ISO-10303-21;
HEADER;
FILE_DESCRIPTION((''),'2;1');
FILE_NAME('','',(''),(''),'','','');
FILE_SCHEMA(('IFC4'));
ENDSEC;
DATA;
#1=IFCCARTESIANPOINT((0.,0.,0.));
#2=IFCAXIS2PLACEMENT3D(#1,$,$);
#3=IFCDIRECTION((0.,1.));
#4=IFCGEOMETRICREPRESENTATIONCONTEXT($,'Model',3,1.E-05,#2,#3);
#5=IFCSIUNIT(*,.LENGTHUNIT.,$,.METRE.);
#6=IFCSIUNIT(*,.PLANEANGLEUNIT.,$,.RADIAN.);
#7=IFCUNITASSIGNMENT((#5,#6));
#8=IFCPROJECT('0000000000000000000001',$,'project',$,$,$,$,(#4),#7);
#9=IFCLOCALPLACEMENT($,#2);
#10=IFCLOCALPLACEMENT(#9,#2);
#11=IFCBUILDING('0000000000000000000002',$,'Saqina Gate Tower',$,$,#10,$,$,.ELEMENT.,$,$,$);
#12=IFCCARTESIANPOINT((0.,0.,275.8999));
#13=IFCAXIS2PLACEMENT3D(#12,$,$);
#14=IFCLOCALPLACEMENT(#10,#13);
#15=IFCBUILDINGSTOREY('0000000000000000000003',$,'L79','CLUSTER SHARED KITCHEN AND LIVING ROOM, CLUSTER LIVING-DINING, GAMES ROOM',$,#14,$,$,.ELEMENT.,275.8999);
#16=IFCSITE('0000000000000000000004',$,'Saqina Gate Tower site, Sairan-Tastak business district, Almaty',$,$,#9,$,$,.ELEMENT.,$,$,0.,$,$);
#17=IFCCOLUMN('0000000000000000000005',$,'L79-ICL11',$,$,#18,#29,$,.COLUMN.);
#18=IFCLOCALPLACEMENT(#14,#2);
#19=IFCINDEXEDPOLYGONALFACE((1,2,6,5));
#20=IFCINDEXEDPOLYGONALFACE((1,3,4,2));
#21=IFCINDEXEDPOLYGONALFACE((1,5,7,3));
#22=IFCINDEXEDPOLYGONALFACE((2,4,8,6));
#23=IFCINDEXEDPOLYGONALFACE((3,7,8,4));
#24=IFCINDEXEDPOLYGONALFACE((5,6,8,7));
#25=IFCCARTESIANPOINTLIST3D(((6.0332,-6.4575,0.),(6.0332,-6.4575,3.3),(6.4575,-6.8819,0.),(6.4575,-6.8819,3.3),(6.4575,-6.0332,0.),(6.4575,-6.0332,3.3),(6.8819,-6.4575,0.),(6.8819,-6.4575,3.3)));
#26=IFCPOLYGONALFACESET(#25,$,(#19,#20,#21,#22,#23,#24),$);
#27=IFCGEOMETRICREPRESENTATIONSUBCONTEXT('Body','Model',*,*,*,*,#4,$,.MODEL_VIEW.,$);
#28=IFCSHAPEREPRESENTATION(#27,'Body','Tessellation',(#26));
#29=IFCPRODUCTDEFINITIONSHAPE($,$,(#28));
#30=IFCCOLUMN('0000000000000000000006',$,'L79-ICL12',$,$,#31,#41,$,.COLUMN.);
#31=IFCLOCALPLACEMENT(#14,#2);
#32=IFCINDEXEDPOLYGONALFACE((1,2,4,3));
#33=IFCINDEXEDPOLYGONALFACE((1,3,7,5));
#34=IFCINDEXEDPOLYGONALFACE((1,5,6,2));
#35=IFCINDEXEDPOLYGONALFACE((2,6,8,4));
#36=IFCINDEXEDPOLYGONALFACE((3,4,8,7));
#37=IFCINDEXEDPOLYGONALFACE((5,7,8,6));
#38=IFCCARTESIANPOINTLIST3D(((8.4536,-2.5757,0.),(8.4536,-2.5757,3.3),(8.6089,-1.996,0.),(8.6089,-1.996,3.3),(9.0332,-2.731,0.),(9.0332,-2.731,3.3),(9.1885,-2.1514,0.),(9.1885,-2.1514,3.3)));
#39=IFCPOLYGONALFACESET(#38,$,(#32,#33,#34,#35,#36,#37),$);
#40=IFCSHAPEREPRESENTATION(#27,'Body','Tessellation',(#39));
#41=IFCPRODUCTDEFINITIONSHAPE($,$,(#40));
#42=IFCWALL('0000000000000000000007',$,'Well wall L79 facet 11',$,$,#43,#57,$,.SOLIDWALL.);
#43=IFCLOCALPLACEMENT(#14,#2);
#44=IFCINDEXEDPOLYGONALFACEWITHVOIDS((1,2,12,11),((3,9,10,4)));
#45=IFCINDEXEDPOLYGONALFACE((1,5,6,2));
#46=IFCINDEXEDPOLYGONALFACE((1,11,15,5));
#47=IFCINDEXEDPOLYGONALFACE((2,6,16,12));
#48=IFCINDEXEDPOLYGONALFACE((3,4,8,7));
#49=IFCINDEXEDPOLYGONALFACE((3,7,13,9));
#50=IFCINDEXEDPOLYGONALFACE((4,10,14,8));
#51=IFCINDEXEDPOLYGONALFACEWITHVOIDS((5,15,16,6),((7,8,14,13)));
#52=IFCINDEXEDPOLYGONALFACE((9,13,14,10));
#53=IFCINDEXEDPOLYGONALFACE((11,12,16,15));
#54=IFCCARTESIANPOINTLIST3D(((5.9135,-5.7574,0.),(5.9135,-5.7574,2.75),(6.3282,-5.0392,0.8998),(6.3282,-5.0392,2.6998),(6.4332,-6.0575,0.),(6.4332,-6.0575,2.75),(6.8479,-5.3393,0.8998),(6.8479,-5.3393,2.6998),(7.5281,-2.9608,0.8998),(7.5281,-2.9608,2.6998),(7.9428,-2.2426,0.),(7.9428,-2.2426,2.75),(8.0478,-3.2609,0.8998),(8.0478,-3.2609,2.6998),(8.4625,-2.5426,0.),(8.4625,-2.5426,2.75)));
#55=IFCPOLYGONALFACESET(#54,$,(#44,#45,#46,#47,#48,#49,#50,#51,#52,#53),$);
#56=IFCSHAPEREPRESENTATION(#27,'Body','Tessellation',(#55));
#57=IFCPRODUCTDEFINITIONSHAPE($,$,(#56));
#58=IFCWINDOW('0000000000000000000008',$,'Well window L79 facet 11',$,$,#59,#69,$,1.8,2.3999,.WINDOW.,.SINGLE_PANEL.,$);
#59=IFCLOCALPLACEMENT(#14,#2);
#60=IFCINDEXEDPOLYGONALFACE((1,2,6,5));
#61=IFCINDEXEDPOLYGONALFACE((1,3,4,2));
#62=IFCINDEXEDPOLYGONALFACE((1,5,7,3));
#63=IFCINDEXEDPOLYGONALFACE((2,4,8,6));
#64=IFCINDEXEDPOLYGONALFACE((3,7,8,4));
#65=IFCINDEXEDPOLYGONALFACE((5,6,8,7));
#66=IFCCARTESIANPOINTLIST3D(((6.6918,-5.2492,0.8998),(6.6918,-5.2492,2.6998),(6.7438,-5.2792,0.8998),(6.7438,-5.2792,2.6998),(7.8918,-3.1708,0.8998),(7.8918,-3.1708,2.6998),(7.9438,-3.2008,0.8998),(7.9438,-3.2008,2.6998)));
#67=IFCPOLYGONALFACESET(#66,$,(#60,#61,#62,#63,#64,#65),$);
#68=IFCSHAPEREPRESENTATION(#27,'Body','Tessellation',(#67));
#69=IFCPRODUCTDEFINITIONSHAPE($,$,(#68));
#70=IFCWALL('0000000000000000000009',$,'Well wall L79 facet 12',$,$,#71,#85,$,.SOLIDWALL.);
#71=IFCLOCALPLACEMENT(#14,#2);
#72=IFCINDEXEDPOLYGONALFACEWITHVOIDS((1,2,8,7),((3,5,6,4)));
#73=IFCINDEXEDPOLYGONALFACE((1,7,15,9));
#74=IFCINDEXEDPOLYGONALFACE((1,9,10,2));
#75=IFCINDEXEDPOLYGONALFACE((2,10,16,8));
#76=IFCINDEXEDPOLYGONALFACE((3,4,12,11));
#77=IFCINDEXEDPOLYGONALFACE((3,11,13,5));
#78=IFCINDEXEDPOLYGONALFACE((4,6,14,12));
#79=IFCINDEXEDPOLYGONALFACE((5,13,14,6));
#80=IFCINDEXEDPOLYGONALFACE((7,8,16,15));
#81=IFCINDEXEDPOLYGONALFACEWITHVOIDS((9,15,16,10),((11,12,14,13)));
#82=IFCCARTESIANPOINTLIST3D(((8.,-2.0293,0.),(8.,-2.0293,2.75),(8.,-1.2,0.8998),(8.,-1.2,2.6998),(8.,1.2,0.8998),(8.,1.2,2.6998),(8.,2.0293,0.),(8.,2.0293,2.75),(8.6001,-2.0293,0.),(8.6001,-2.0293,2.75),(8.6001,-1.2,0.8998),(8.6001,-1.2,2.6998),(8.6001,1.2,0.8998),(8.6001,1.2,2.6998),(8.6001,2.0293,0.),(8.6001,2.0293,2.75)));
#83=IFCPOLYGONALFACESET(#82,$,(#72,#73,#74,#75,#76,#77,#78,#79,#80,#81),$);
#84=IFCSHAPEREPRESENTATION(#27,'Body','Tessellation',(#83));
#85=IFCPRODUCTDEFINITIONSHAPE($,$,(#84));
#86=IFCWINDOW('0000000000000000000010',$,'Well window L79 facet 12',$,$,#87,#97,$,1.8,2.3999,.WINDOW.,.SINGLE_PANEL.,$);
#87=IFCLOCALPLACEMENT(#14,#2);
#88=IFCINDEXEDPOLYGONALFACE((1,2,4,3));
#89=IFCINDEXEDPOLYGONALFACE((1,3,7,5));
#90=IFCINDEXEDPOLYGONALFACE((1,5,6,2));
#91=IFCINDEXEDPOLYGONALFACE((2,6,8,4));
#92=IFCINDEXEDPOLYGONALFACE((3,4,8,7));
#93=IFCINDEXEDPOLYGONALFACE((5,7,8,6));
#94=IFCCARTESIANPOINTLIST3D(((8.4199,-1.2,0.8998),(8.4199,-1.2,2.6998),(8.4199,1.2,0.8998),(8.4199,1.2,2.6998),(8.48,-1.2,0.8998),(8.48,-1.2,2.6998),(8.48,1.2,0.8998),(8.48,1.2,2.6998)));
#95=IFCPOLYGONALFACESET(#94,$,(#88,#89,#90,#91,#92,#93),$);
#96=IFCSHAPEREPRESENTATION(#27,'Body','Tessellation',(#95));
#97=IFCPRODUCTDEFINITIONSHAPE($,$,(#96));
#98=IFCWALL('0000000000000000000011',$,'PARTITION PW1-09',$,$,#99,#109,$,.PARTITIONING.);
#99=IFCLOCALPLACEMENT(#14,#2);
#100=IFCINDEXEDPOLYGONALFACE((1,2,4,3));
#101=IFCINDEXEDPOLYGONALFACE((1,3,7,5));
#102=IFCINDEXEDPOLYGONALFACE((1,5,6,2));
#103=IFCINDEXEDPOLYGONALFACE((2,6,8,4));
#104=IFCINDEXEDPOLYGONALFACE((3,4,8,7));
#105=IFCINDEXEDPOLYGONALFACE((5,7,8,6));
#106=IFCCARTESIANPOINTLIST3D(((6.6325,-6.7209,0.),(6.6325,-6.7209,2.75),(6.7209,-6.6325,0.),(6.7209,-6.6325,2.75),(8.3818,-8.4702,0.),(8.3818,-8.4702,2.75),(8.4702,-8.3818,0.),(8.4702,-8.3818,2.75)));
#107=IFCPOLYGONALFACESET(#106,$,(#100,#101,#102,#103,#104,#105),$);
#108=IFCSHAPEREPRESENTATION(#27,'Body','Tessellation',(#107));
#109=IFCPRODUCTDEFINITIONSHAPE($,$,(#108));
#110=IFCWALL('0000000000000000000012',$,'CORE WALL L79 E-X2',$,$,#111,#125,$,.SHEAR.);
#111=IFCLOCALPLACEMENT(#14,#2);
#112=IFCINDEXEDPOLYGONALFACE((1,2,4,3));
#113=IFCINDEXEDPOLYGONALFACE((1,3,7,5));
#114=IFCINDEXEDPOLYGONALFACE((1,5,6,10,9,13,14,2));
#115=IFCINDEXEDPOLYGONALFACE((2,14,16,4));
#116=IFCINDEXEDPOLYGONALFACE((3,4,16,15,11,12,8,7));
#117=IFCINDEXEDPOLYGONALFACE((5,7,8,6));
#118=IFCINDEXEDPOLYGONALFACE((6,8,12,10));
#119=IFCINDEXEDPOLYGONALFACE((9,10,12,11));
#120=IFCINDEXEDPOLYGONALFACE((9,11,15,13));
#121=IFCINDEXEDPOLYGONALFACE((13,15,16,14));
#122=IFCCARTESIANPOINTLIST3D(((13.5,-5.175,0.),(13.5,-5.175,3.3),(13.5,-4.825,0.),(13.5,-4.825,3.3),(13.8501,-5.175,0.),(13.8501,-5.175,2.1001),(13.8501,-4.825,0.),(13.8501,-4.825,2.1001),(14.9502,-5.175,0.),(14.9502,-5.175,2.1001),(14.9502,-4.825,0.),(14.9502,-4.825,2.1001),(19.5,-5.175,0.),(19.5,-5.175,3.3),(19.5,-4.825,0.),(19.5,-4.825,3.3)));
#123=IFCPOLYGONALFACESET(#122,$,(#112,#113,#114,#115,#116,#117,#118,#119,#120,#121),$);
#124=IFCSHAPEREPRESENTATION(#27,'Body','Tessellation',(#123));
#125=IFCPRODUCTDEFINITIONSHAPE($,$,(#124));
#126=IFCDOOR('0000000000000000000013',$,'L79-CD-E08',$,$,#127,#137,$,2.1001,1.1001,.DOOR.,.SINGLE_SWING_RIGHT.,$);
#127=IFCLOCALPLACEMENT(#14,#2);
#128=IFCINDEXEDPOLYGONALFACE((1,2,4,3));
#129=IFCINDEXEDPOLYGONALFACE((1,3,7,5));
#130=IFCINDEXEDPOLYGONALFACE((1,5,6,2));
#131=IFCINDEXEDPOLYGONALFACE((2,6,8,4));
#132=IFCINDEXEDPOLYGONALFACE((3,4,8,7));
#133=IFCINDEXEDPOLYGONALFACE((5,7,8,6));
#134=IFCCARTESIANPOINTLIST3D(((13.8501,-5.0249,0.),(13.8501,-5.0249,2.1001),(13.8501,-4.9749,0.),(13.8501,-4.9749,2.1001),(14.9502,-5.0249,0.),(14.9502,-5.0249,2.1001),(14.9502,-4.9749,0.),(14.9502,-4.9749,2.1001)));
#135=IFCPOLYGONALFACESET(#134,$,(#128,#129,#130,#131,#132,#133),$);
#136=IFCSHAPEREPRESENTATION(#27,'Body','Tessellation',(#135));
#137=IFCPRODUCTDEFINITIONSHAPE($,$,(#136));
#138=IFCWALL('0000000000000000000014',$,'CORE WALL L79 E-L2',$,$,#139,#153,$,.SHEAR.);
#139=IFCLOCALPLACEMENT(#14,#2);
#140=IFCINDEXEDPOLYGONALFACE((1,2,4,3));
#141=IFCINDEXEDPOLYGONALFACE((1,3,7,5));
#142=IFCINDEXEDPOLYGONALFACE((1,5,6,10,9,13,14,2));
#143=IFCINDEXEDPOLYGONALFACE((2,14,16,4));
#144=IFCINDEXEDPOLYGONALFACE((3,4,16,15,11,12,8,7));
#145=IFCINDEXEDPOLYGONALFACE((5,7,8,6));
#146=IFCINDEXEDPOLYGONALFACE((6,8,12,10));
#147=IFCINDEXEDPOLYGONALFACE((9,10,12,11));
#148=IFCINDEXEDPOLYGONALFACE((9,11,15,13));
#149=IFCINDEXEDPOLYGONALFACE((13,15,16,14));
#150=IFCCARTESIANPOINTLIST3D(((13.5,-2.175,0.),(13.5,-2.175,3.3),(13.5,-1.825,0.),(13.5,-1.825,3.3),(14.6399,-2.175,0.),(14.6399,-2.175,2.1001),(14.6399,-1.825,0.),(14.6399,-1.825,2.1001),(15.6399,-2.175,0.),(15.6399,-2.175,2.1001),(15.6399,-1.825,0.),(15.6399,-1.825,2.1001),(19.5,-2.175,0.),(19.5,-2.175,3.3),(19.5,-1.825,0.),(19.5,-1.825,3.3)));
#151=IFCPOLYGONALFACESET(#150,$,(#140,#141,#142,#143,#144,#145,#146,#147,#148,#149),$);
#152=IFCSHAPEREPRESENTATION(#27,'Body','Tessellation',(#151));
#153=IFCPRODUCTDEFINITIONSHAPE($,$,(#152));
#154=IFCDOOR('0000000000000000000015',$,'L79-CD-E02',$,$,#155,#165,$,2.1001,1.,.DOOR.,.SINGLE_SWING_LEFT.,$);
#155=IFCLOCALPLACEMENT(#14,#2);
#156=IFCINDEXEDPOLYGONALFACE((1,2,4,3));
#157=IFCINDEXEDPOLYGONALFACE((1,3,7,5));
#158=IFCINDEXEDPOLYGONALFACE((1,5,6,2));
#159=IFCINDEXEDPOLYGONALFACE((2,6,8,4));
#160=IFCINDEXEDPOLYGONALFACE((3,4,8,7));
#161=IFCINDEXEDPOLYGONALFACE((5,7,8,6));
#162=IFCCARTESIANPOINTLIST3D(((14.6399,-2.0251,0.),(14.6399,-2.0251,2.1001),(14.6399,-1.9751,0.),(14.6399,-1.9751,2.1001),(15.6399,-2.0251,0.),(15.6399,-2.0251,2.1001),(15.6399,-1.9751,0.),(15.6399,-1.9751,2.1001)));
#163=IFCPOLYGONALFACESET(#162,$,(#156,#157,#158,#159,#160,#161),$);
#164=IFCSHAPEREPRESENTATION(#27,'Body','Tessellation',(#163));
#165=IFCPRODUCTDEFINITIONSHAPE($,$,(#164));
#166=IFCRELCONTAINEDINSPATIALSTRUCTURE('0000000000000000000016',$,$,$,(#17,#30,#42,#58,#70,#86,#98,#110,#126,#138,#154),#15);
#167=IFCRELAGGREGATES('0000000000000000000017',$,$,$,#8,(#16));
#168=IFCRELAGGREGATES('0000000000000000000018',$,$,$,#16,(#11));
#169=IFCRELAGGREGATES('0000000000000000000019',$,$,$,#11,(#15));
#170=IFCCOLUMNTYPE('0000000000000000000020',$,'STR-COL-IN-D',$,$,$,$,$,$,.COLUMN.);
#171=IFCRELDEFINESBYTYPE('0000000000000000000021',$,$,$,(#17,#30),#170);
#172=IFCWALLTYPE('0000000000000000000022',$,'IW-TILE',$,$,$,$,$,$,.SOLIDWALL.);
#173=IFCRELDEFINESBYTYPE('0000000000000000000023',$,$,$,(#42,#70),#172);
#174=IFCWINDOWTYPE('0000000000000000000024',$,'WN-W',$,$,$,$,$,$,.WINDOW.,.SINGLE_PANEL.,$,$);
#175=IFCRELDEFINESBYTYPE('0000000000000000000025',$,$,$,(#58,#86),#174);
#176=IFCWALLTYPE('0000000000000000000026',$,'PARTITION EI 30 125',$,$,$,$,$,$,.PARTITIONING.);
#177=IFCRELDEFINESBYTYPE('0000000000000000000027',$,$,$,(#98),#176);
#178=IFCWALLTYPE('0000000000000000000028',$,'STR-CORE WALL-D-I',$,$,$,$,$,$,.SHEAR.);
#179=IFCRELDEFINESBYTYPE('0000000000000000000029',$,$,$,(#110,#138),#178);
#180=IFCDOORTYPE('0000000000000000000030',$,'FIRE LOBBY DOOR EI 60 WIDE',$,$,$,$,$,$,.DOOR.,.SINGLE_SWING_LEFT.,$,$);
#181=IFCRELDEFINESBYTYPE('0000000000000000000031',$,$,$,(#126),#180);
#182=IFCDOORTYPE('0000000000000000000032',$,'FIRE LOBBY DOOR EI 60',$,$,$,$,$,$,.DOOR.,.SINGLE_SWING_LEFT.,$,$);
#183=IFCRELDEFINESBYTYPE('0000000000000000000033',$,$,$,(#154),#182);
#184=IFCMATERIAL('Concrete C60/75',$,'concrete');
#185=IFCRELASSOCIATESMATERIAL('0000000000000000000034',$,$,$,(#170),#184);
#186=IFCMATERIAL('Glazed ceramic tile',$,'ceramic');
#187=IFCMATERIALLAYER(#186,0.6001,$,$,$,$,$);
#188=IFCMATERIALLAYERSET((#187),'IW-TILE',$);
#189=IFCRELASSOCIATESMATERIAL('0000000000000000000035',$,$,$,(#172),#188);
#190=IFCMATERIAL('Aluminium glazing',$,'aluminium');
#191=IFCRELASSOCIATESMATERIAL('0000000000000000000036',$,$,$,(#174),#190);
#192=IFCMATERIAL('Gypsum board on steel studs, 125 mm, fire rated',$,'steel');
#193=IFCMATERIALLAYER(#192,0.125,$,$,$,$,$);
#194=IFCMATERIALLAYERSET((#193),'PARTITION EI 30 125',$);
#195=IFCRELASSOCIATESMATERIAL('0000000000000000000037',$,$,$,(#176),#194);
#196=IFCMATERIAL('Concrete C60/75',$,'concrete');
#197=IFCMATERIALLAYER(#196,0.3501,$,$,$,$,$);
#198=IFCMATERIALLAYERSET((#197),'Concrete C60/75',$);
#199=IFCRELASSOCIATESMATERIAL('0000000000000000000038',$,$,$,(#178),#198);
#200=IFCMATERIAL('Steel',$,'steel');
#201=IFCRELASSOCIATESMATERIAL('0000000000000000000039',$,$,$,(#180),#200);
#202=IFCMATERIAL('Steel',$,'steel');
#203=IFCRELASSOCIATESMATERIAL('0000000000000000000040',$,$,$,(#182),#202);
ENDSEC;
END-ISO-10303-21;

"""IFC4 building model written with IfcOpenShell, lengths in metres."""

from ifc_helpers import new_model, si_unit, direction, frame, frame_2d, origin, origin_2d, place, context, subcontext, project, spatial, rectangle, extrude, material, layer, layer_set, material_profile, profile_set, type_object, element, fill, save


model = new_model("IFC4")

# Units and contexts
model_context = context("Model", 3, precision=1e-05, world=origin(), true_north=direction((0.0, 1.0)))
body_context = subcontext(model_context, "Body", "Model", "MODEL_VIEW")
ifc_project = project(units=[si_unit("LENGTHUNIT", "METRE"), si_unit("PLANEANGLEUNIT", "RADIAN")], contexts=[model_context])

# Site, building, storey
site_placement = place(None, origin())
site = spatial("IfcSite", under=ifc_project, at=site_placement, Name="Saqina Gate Tower site, Sairan-Tastak business district, Almaty", CompositionType="ELEMENT", RefElevation=0.0)
building_placement = place(site_placement, origin())
building = spatial("IfcBuilding", under=site, at=building_placement, Name="Saqina Gate Tower", CompositionType="ELEMENT")
storey_placement = place(building_placement, frame((0.0, 0.0, 275.8999)))
storey = spatial("IfcBuildingStorey", under=building, at=storey_placement, Name="L79", Description="CLUSTER SHARED KITCHEN AND LIVING ROOM, CLUSTER LIVING-DINING, GAMES ROOM", CompositionType="ELEMENT", Elevation=275.8999)

# Columns
ifc_material_1 = material(Name="Concrete C60/75", Category="concrete")
ifc_material_profile = material_profile(ifc_material_1, rectangle(XDim=0.6001, YDim=0.6001, at=origin_2d()), Name="RC 600x600")
ifc_profile_set = profile_set([ifc_material_profile], Name="Concrete C60/75")
column_type = type_object("IfcColumnType", Name="STR-COL-IN-D", PredefinedType="COLUMN", material=ifc_profile_set)
for number, where, z_axis, x_axis, name in (
    (1, (6.4575, -6.4575, 0.0), (0.0, 0.0, 1.0), (0.707107, -0.707107, 0.0), "L79-ICL11"),
    (2, (8.821, -2.3635, 0.0), (0.0, 0.0, 1.0), (0.965926, -0.258819, 0.0), "L79-ICL12"),
):
    element("IfcColumn", number, at=place(storey_placement, frame(where, z_axis=z_axis, x_axis=x_axis)), inside=storey, type_object=column_type, Name=name, PredefinedType="COLUMN", context=body_context, shape_type="SweptSolid", body=[
        extrude(rectangle(XDim=0.6001, YDim=0.6001, at=origin_2d()), origin(), (0.0, 0.0, 1.0), 3.3),
    ])

# Walls, openings, windows
ifc_material_2 = material(Name="Glazed ceramic tile", Category="ceramic")
ifc_layer_1 = layer(ifc_material_2, 0.6001)
ifc_layer_set_1 = layer_set([ifc_layer_1], Name="IW-TILE")
wall_type_1 = type_object("IfcWallType", Name="IW-TILE", PredefinedType="SOLIDWALL", material=ifc_layer_set_1)
wall_1_placement = place(storey_placement, frame((6.1733, -5.9075, 0.0), z_axis=(0.0, 0.0, 1.0), x_axis=(0.499995, 0.866028, 0.0)))
wall_1 = element("IfcWall", 3, at=wall_1_placement, inside=storey, type_object=wall_type_1, Name="Well wall L79 facet 11", PredefinedType="SOLIDWALL", context=body_context, shape_type="SweptSolid", body=[
    extrude(rectangle(XDim=4.0586, YDim=0.6001, at=frame_2d((2.0293, 0.0))), origin(), (0.0, 0.0, 1.0), 2.75),
])
opening_1_placement = place(wall_1_placement, frame((0.8293, 0.0, 0.8999)))
opening_1 = element("IfcOpeningElement", 4, at=opening_1_placement, cuts=wall_1, PredefinedType="OPENING", context=body_context, shape_type="SweptSolid", body=[
    extrude(rectangle(XDim=2.3999, YDim=1.8, at=frame_2d((1.2, 0.8999))), frame((0.0, 0.312, 0.0), z_axis=(0.0, -1.0, 0.0), x_axis=(1.0, 0.0, 0.0)), (0.0, 0.0, 1.0), 0.624),
])
ifc_material_3 = material(Name="Aluminium glazing", Category="aluminium")
window_type = type_object("IfcWindowType", Name="WN-W", PartitioningType="SINGLE_PANEL", PredefinedType="WINDOW", material=ifc_material_3)
window_1_placement = place(opening_1_placement, origin())
window_1 = element("IfcWindow", 5, at=window_1_placement, inside=storey, type_object=window_type, Name="Well window L79 facet 11", OverallHeight=1.8, OverallWidth=2.3999, PartitioningType="SINGLE_PANEL", PredefinedType="WINDOW", context=body_context, shape_type="SweptSolid", body=[
    extrude(rectangle(XDim=2.3999, YDim=1.8, at=frame_2d((1.2, 0.8999))), frame((0.0, -0.1199, 0.0), z_axis=(0.0, -1.0, 0.0), x_axis=(1.0, 0.0, 0.0)), (0.0, 0.0, 1.0), 0.0601),
])
fill(opening_1, window_1)
wall_2_placement = place(storey_placement, frame((8.3, -2.0293, 0.0), z_axis=(0.0, 0.0, 1.0), x_axis=(0.0, 1.0, 0.0)))
wall_2 = element("IfcWall", 6, at=wall_2_placement, inside=storey, type_object=wall_type_1, Name="Well wall L79 facet 12", PredefinedType="SOLIDWALL", context=body_context, shape_type="SweptSolid", body=[
    extrude(rectangle(XDim=4.0586, YDim=0.6001, at=frame_2d((2.0293, 0.0))), origin(), (0.0, 0.0, 1.0), 2.75),
])
opening_2_placement = place(wall_2_placement, frame((0.8293, 0.0, 0.8999)))
opening_2 = element("IfcOpeningElement", 7, at=opening_2_placement, cuts=wall_2, PredefinedType="OPENING", context=body_context, shape_type="SweptSolid", body=[
    extrude(rectangle(XDim=2.3999, YDim=1.8, at=frame_2d((1.2, 0.8999))), frame((0.0, 0.312, 0.0), z_axis=(0.0, -1.0, 0.0), x_axis=(1.0, 0.0, 0.0)), (0.0, 0.0, 1.0), 0.624),
])
window_2_placement = place(opening_2_placement, origin())
window_2 = element("IfcWindow", 8, at=window_2_placement, inside=storey, type_object=window_type, Name="Well window L79 facet 12", OverallHeight=1.8, OverallWidth=2.3999, PartitioningType="SINGLE_PANEL", PredefinedType="WINDOW", context=body_context, shape_type="SweptSolid", body=[
    extrude(rectangle(XDim=2.3999, YDim=1.8, at=frame_2d((1.2, 0.8999))), frame((0.0, -0.1199, 0.0), z_axis=(0.0, -1.0, 0.0), x_axis=(1.0, 0.0, 0.0)), (0.0, 0.0, 1.0), 0.0601),
])
fill(opening_2, window_2)

# Wall
ifc_material_4 = material(Name="Gypsum board on steel studs, 125 mm, fire rated", Category="steel")
ifc_layer_2 = layer(ifc_material_4, 0.125)
ifc_layer_set_2 = layer_set([ifc_layer_2], Name="PARTITION EI 30 125")
wall_type_2 = type_object("IfcWallType", Name="PARTITION EI 30 125", PredefinedType="PARTITIONING", material=ifc_layer_set_2)
wall_3_placement = place(storey_placement, frame((6.6768, -6.6768, 0.0), z_axis=(0.0, 0.0, 1.0), x_axis=(0.707107, -0.707107, 0.0)))
element("IfcWall", 9, at=wall_3_placement, inside=storey, type_object=wall_type_2, Name="PARTITION PW1-09", PredefinedType="PARTITIONING", context=body_context, shape_type="SweptSolid", body=[
    extrude(rectangle(XDim=2.4739, YDim=0.125, at=frame_2d((1.2368, 0.0))), origin(), (0.0, 0.0, 1.0), 2.75),
])

# Walls, openings, doors
ifc_material_5 = material(Name="Concrete C60/75", Category="concrete")
ifc_layer_3 = layer(ifc_material_5, 0.3501)
ifc_layer_set_3 = layer_set([ifc_layer_3], Name="Concrete C60/75")
wall_type_3 = type_object("IfcWallType", Name="STR-CORE WALL-D-I", PredefinedType="SHEAR", material=ifc_layer_set_3)
wall_4_placement = place(storey_placement, frame((13.5, -5.0, 0.0), z_axis=(0.0, 0.0, 1.0), x_axis=(1.0, 0.0, 0.0)))
wall_4 = element("IfcWall", 10, at=wall_4_placement, inside=storey, type_object=wall_type_3, Name="CORE WALL L79 E-X2", PredefinedType="SHEAR", context=body_context, shape_type="SweptSolid", body=[
    extrude(rectangle(XDim=6.0, YDim=0.3501, at=frame_2d((3.0, 0.0))), origin(), (0.0, 0.0, 1.0), 3.3),
])
opening_3_placement = place(wall_4_placement, frame((0.3501, 0.0, 0.0)))
opening_3 = element("IfcOpeningElement", 11, at=opening_3_placement, cuts=wall_4, PredefinedType="OPENING", context=body_context, shape_type="SweptSolid", body=[
    extrude(rectangle(XDim=1.1001, YDim=2.1001, at=frame_2d((0.55, 1.05))), frame((0.0, 0.187, 0.0), z_axis=(0.0, -1.0, 0.0), x_axis=(1.0, 0.0, 0.0)), (0.0, 0.0, 1.0), 0.374),
])
ifc_material_6 = material(Name="Steel", Category="steel")
door_type_1 = type_object("IfcDoorType", Name="FIRE LOBBY DOOR EI 60 WIDE", OperationType="SINGLE_SWING_LEFT", PredefinedType="DOOR", material=ifc_material_6)
door_1_placement = place(opening_3_placement, frame((1.1001, 0.0, 0.0), z_axis=(0.0, 0.0, 1.0), x_axis=(-1.0, 0.0, 0.0)))
door_1 = element("IfcDoor", 12, at=door_1_placement, inside=storey, type_object=door_type_1, Name="L79-CD-E08", OperationType="SINGLE_SWING_RIGHT", OverallHeight=2.1001, OverallWidth=1.1001, PredefinedType="DOOR", context=body_context, shape_type="SweptSolid", body=[
    extrude(rectangle(XDim=1.1001, YDim=2.1001, at=frame_2d((0.55, 1.05))), frame((0.0, 0.0249, 0.0), z_axis=(0.0, -1.0, 0.0), x_axis=(1.0, 0.0, 0.0)), (0.0, 0.0, 1.0), 0.05),
])
fill(opening_3, door_1)
wall_5_placement = place(storey_placement, frame((13.5, -2.0, 0.0), z_axis=(0.0, 0.0, 1.0), x_axis=(1.0, 0.0, 0.0)))
wall_5 = element("IfcWall", 13, at=wall_5_placement, inside=storey, type_object=wall_type_3, Name="CORE WALL L79 E-L2", PredefinedType="SHEAR", context=body_context, shape_type="SweptSolid", body=[
    extrude(rectangle(XDim=6.0, YDim=0.3501, at=frame_2d((3.0, 0.0))), origin(), (0.0, 0.0, 1.0), 3.3),
])
opening_4_placement = place(wall_5_placement, frame((1.1399, 0.0, 0.0)))
opening_4 = element("IfcOpeningElement", 14, at=opening_4_placement, cuts=wall_5, PredefinedType="OPENING", context=body_context, shape_type="SweptSolid", body=[
    extrude(rectangle(XDim=1.0, YDim=2.1001, at=frame_2d((0.5, 1.05))), frame((0.0, 0.187, 0.0), z_axis=(0.0, -1.0, 0.0), x_axis=(1.0, 0.0, 0.0)), (0.0, 0.0, 1.0), 0.374),
])
ifc_material_7 = material(Name="Steel", Category="steel")
door_type_2 = type_object("IfcDoorType", Name="FIRE LOBBY DOOR EI 60", OperationType="SINGLE_SWING_LEFT", PredefinedType="DOOR", material=ifc_material_7)
door_2_placement = place(opening_4_placement, origin())
door_2 = element("IfcDoor", 15, at=door_2_placement, inside=storey, type_object=door_type_2, Name="L79-CD-E02", OperationType="SINGLE_SWING_LEFT", OverallHeight=2.1001, OverallWidth=1.0, PredefinedType="DOOR", context=body_context, shape_type="SweptSolid", body=[
    extrude(rectangle(XDim=1.0, YDim=2.1001, at=frame_2d((0.5, 1.05))), frame((0.0, 0.0249, 0.0), z_axis=(0.0, -1.0, 0.0), x_axis=(1.0, 0.0, 0.0)), (0.0, 0.0, 1.0), 0.05),
])
fill(opening_4, door_2)

save(model, "model.ifc")
